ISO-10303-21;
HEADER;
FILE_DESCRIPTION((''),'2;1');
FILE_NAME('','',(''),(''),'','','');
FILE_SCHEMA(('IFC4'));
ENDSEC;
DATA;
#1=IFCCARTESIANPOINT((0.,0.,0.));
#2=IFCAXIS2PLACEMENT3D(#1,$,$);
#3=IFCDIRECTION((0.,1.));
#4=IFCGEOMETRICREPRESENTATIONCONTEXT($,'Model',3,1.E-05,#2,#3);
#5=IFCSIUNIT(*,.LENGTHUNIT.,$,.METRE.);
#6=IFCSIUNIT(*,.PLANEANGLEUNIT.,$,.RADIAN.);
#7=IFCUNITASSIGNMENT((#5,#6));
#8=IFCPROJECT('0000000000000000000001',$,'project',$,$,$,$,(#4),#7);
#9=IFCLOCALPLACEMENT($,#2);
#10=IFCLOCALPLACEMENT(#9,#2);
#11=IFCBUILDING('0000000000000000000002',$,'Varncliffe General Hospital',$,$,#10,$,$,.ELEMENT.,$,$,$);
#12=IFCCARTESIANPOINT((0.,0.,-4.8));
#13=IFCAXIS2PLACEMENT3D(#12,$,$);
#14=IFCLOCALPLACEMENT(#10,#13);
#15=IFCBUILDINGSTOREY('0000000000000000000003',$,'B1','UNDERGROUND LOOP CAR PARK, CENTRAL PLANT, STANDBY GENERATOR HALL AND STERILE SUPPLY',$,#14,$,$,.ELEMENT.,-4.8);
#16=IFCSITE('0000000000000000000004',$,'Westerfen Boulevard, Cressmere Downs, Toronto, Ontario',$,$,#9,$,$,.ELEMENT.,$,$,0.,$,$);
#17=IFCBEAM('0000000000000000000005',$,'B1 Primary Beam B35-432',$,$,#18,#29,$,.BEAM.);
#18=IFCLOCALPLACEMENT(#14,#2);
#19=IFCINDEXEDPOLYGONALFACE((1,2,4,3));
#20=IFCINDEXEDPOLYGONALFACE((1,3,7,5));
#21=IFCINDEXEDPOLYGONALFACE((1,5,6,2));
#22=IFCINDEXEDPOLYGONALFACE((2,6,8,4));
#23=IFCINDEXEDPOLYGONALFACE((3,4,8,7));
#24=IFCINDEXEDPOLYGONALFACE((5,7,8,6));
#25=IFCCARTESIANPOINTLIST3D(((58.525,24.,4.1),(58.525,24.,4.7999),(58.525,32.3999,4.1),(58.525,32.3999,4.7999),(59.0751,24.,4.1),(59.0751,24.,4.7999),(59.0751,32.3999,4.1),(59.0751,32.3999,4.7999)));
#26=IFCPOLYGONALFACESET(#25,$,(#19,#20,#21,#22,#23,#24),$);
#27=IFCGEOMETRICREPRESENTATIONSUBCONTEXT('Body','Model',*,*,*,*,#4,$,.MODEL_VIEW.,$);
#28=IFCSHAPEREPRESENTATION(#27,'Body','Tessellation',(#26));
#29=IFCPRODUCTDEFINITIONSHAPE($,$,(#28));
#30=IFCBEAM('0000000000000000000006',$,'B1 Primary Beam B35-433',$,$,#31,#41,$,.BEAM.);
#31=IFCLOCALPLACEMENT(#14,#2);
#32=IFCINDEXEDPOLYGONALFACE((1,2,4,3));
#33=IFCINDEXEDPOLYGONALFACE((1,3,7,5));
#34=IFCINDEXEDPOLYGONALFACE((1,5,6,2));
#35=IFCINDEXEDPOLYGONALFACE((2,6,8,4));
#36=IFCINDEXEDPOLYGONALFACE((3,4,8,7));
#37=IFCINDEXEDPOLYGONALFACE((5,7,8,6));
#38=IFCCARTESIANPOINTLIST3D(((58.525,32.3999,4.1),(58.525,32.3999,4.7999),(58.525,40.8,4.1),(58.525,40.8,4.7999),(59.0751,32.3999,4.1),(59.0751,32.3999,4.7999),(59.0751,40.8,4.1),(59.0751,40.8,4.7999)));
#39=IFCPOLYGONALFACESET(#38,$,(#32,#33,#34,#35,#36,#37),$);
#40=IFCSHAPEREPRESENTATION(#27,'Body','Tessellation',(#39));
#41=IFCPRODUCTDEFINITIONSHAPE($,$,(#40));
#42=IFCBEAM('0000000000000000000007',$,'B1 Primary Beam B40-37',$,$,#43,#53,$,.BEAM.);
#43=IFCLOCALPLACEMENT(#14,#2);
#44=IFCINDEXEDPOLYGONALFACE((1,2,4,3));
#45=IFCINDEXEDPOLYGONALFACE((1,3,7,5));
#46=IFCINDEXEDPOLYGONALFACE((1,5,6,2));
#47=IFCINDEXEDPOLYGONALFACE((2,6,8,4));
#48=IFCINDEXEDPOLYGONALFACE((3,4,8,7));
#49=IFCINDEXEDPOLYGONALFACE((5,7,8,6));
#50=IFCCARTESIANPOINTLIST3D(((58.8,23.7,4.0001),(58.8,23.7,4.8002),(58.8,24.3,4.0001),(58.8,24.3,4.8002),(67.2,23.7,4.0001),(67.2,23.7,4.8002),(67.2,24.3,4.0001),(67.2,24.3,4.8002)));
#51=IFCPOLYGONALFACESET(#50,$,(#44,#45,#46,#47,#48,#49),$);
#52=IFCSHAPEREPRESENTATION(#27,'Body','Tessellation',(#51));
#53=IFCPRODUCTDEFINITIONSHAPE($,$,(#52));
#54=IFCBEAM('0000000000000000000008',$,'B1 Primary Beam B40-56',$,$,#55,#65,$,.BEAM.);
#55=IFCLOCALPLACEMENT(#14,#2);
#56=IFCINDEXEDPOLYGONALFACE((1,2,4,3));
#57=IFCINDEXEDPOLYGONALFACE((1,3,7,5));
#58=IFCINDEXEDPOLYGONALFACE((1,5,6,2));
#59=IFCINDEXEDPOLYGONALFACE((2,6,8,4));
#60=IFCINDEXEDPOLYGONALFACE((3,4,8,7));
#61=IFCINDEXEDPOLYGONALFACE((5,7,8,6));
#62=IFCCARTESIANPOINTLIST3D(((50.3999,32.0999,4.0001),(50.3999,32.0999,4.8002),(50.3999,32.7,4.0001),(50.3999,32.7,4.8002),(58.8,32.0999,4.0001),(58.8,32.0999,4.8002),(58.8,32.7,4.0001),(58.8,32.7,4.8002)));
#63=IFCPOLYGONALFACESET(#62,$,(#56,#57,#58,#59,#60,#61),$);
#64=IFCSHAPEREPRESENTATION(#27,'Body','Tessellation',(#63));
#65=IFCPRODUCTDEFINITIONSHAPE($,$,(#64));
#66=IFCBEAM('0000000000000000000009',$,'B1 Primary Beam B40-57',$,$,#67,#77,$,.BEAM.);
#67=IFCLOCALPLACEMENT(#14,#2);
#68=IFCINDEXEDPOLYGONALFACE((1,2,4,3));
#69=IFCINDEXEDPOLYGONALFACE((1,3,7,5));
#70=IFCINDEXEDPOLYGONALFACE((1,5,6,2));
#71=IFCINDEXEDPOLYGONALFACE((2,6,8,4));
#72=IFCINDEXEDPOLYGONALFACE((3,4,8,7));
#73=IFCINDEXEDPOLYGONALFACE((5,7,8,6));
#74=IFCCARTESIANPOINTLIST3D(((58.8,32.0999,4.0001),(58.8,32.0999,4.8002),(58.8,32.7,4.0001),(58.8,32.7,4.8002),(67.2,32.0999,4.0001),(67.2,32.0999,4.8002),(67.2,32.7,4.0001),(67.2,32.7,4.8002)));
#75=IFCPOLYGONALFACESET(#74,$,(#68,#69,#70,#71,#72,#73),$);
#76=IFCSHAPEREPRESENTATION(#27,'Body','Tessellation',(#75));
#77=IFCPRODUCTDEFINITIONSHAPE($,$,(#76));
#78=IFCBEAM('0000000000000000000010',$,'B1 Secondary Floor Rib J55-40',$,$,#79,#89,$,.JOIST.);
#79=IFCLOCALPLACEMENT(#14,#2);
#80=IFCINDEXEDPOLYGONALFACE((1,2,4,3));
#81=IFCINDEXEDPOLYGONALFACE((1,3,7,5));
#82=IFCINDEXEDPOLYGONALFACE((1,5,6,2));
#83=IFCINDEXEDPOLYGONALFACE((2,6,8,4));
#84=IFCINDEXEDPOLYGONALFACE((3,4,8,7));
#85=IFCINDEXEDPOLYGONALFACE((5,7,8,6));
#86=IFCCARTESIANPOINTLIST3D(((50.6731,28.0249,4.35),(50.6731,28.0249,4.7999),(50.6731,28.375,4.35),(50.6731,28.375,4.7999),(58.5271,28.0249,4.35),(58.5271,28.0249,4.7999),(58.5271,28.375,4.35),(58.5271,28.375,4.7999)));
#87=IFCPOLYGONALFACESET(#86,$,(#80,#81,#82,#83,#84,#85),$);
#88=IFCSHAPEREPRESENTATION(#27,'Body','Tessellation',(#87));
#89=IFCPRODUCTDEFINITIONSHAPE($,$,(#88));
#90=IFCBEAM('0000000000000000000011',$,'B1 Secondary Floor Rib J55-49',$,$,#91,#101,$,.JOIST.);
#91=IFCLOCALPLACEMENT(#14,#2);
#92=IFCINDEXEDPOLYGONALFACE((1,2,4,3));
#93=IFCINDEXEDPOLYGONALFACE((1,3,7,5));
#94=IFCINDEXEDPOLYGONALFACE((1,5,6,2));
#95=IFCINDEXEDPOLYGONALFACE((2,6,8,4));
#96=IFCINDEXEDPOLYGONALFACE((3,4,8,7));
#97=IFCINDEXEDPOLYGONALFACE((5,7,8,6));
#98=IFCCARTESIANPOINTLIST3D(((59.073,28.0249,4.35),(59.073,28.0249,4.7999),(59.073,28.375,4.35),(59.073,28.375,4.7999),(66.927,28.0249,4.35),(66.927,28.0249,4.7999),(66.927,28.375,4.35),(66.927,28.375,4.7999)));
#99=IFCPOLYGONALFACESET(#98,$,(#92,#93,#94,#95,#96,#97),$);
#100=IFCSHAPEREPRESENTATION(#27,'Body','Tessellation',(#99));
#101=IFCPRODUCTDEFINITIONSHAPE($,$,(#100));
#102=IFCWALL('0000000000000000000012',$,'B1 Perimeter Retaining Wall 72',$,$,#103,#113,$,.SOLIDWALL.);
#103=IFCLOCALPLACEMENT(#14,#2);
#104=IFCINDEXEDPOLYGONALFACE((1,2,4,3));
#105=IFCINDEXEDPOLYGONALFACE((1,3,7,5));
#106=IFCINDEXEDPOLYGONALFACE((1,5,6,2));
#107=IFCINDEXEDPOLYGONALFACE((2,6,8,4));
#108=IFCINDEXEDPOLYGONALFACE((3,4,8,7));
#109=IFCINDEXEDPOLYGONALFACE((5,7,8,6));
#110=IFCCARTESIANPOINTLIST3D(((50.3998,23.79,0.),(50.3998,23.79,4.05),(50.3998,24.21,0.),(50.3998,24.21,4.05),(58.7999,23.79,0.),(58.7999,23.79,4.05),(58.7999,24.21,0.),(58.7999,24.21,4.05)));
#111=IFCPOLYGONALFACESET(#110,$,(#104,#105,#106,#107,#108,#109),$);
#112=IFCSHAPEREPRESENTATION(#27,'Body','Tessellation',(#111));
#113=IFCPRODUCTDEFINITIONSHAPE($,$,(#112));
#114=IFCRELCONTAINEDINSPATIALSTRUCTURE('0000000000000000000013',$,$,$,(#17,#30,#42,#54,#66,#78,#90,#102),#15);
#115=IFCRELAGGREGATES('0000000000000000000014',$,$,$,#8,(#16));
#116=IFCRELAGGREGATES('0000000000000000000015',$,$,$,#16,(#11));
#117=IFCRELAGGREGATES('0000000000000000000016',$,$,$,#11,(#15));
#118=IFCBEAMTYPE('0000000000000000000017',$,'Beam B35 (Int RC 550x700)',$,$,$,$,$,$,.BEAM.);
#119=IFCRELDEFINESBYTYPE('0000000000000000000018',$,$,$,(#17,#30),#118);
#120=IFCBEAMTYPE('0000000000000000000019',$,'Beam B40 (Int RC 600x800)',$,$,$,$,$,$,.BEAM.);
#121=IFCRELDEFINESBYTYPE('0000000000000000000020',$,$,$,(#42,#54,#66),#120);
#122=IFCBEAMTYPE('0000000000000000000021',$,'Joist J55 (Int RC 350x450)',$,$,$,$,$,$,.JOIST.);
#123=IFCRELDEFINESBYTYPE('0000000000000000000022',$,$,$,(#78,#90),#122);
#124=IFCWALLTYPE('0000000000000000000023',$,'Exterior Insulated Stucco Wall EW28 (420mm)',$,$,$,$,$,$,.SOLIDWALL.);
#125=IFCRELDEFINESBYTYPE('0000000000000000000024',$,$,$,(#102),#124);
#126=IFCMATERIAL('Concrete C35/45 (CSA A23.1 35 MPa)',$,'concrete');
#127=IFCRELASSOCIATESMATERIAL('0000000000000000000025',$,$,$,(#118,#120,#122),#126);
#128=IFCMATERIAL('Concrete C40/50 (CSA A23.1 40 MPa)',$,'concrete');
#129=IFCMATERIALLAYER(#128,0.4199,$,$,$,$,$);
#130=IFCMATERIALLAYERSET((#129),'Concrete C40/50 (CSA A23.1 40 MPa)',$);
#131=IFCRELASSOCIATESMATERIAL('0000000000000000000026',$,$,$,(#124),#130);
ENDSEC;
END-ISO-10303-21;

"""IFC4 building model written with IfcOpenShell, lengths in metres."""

from ifc_helpers import new_model, si_unit, direction, frame, frame_2d, origin, origin_2d, place, context, subcontext, project, spatial, rectangle, extrude, material, layer, layer_set, material_profile, profile_set, type_object, element, save


model = new_model("IFC4")

# Units and contexts
model_context = context("Model", 3, precision=1e-05, world=origin(), true_north=direction((0.0, 1.0)))
body_context = subcontext(model_context, "Body", "Model", "MODEL_VIEW")
ifc_project = project(units=[si_unit("LENGTHUNIT", "METRE"), si_unit("PLANEANGLEUNIT", "RADIAN")], contexts=[model_context])

# Site, building, storey
site_placement = place(None, origin())
site = spatial("IfcSite", under=ifc_project, at=site_placement, Name="Westerfen Boulevard, Cressmere Downs, Toronto, Ontario", CompositionType="ELEMENT", RefElevation=0.0)
building_placement = place(site_placement, origin())
building = spatial("IfcBuilding", under=site, at=building_placement, Name="Varncliffe General Hospital", CompositionType="ELEMENT")
storey_placement = place(building_placement, frame((0.0, 0.0, -4.8)))
storey = spatial("IfcBuildingStorey", under=building, at=storey_placement, Name="B1", Description="UNDERGROUND LOOP CAR PARK, CENTRAL PLANT, STANDBY GENERATOR HALL AND STERILE SUPPLY", CompositionType="ELEMENT", Elevation=-4.8)

# Shared definitions
ifc_material_1 = material(Name="Concrete C40/50 (CSA A23.1 40 MPa)", Category="concrete")

# Beams
ifc_material_2 = material(Name="Concrete C35/45 (CSA A23.1 35 MPa)", Category="concrete")
ifc_material_profile_1 = material_profile(ifc_material_2, rectangle(XDim=0.55, YDim=0.7, at=origin_2d()), Name="RC 550x700")
ifc_profile_set_1 = profile_set([ifc_material_profile_1], Name="Concrete C35/45 (CSA A23.1 35 MPa)")
beam_type_1 = type_object("IfcBeamType", Name="Beam B35 (Int RC 550x700)", PredefinedType="BEAM", material=ifc_profile_set_1)
beam_1_placement = place(storey_placement, frame((58.8, 24.0, 4.45), z_axis=(0.0, 1.0, 0.0), x_axis=(-1.0, 0.0, 0.0)))
element("IfcBeam", 1, at=beam_1_placement, inside=storey, type_object=beam_type_1, Name="B1 Primary Beam B35-432", PredefinedType="BEAM", context=body_context, shape_type="SweptSolid", body=[
    extrude(rectangle(XDim=0.55, YDim=0.7, at=origin_2d()), origin(), (0.0, 0.0, 1.0), 8.3999),
])
beam_2_placement = place(storey_placement, frame((58.8, 32.3999, 4.45), z_axis=(0.0, 1.0, 0.0), x_axis=(-1.0, 0.0, 0.0)))
element("IfcBeam", 2, at=beam_2_placement, inside=storey, type_object=beam_type_1, Name="B1 Primary Beam B35-433", PredefinedType="BEAM", context=body_context, shape_type="SweptSolid", body=[
    extrude(rectangle(XDim=0.55, YDim=0.7, at=origin_2d()), origin(), (0.0, 0.0, 1.0), 8.4001),
])
ifc_material_profile_2 = material_profile(ifc_material_2, rectangle(XDim=0.6001, YDim=0.8, at=origin_2d()), Name="RC 600x800")
ifc_profile_set_2 = profile_set([ifc_material_profile_2], Name="Concrete C35/45 (CSA A23.1 35 MPa)")
beam_type_2 = type_object("IfcBeamType", Name="Beam B40 (Int RC 600x800)", PredefinedType="BEAM", material=ifc_profile_set_2)
beam_3_placement = place(storey_placement, frame((58.8, 24.0, 4.4001), z_axis=(1.0, 0.0, 0.0), x_axis=(0.0, 1.0, 0.0)))
element("IfcBeam", 3, at=beam_3_placement, inside=storey, type_object=beam_type_2, Name="B1 Primary Beam B40-37", PredefinedType="BEAM", context=body_context, shape_type="SweptSolid", body=[
    extrude(rectangle(XDim=0.6001, YDim=0.8, at=origin_2d()), origin(), (0.0, 0.0, 1.0), 8.3999),
])
beam_4_placement = place(storey_placement, frame((50.3999, 32.3999, 4.4001), z_axis=(1.0, 0.0, 0.0), x_axis=(0.0, 1.0, 0.0)))
element("IfcBeam", 4, at=beam_4_placement, inside=storey, type_object=beam_type_2, Name="B1 Primary Beam B40-56", PredefinedType="BEAM", context=body_context, shape_type="SweptSolid", body=[
    extrude(rectangle(XDim=0.6001, YDim=0.8, at=origin_2d()), origin(), (0.0, 0.0, 1.0), 8.4001),
])
beam_5_placement = place(storey_placement, frame((58.8, 32.3999, 4.4001), z_axis=(1.0, 0.0, 0.0), x_axis=(0.0, 1.0, 0.0)))
element("IfcBeam", 5, at=beam_5_placement, inside=storey, type_object=beam_type_2, Name="B1 Primary Beam B40-57", PredefinedType="BEAM", context=body_context, shape_type="SweptSolid", body=[
    extrude(rectangle(XDim=0.6001, YDim=0.8, at=origin_2d()), origin(), (0.0, 0.0, 1.0), 8.3999),
])
ifc_material_profile_3 = material_profile(ifc_material_2, rectangle(XDim=0.3501, YDim=0.45, at=origin_2d()), Name="RC 350x450")
ifc_profile_set_3 = profile_set([ifc_material_profile_3], Name="Concrete C35/45 (CSA A23.1 35 MPa)")
beam_type_3 = type_object("IfcBeamType", Name="Joist J55 (Int RC 350x450)", PredefinedType="JOIST", material=ifc_profile_set_3)
for number, where, z_axis, x_axis, name in (
    (6, (50.6731, 28.2, 4.575), (1.0, 0.0, 0.0), (0.0, 1.0, 0.0), "B1 Secondary Floor Rib J55-40"),
    (7, (59.073, 28.2, 4.575), (1.0, 0.0, 0.0), (0.0, 1.0, 0.0), "B1 Secondary Floor Rib J55-49"),
):
    element("IfcBeam", number, at=place(storey_placement, frame(where, z_axis=z_axis, x_axis=x_axis)), inside=storey, type_object=beam_type_3, Name=name, PredefinedType="JOIST", context=body_context, shape_type="SweptSolid", body=[
        extrude(rectangle(XDim=0.3501, YDim=0.45, at=origin_2d()), origin(), (0.0, 0.0, 1.0), 7.854),
    ])

# Wall
ifc_layer = layer(ifc_material_1, 0.4199)
ifc_layer_set = layer_set([ifc_layer], Name="Concrete C40/50 (CSA A23.1 40 MPa)")
wall_type = type_object("IfcWallType", Name="Exterior Insulated Stucco Wall EW28 (420mm)", PredefinedType="SOLIDWALL", material=ifc_layer_set)
wall_placement = place(storey_placement, frame((58.8, 24.0, 0.0), z_axis=(0.0, 0.0, 1.0), x_axis=(-1.0, 0.0, 0.0)))
element("IfcWall", 8, at=wall_placement, inside=storey, type_object=wall_type, Name="B1 Perimeter Retaining Wall 72", PredefinedType="SOLIDWALL", context=body_context, shape_type="SweptSolid", body=[
    extrude(rectangle(XDim=8.4001, YDim=0.4199, at=frame_2d((4.2002, 0.0))), origin(), (0.0, 0.0, 1.0), 4.05),
])

save(model, "model.ifc")
